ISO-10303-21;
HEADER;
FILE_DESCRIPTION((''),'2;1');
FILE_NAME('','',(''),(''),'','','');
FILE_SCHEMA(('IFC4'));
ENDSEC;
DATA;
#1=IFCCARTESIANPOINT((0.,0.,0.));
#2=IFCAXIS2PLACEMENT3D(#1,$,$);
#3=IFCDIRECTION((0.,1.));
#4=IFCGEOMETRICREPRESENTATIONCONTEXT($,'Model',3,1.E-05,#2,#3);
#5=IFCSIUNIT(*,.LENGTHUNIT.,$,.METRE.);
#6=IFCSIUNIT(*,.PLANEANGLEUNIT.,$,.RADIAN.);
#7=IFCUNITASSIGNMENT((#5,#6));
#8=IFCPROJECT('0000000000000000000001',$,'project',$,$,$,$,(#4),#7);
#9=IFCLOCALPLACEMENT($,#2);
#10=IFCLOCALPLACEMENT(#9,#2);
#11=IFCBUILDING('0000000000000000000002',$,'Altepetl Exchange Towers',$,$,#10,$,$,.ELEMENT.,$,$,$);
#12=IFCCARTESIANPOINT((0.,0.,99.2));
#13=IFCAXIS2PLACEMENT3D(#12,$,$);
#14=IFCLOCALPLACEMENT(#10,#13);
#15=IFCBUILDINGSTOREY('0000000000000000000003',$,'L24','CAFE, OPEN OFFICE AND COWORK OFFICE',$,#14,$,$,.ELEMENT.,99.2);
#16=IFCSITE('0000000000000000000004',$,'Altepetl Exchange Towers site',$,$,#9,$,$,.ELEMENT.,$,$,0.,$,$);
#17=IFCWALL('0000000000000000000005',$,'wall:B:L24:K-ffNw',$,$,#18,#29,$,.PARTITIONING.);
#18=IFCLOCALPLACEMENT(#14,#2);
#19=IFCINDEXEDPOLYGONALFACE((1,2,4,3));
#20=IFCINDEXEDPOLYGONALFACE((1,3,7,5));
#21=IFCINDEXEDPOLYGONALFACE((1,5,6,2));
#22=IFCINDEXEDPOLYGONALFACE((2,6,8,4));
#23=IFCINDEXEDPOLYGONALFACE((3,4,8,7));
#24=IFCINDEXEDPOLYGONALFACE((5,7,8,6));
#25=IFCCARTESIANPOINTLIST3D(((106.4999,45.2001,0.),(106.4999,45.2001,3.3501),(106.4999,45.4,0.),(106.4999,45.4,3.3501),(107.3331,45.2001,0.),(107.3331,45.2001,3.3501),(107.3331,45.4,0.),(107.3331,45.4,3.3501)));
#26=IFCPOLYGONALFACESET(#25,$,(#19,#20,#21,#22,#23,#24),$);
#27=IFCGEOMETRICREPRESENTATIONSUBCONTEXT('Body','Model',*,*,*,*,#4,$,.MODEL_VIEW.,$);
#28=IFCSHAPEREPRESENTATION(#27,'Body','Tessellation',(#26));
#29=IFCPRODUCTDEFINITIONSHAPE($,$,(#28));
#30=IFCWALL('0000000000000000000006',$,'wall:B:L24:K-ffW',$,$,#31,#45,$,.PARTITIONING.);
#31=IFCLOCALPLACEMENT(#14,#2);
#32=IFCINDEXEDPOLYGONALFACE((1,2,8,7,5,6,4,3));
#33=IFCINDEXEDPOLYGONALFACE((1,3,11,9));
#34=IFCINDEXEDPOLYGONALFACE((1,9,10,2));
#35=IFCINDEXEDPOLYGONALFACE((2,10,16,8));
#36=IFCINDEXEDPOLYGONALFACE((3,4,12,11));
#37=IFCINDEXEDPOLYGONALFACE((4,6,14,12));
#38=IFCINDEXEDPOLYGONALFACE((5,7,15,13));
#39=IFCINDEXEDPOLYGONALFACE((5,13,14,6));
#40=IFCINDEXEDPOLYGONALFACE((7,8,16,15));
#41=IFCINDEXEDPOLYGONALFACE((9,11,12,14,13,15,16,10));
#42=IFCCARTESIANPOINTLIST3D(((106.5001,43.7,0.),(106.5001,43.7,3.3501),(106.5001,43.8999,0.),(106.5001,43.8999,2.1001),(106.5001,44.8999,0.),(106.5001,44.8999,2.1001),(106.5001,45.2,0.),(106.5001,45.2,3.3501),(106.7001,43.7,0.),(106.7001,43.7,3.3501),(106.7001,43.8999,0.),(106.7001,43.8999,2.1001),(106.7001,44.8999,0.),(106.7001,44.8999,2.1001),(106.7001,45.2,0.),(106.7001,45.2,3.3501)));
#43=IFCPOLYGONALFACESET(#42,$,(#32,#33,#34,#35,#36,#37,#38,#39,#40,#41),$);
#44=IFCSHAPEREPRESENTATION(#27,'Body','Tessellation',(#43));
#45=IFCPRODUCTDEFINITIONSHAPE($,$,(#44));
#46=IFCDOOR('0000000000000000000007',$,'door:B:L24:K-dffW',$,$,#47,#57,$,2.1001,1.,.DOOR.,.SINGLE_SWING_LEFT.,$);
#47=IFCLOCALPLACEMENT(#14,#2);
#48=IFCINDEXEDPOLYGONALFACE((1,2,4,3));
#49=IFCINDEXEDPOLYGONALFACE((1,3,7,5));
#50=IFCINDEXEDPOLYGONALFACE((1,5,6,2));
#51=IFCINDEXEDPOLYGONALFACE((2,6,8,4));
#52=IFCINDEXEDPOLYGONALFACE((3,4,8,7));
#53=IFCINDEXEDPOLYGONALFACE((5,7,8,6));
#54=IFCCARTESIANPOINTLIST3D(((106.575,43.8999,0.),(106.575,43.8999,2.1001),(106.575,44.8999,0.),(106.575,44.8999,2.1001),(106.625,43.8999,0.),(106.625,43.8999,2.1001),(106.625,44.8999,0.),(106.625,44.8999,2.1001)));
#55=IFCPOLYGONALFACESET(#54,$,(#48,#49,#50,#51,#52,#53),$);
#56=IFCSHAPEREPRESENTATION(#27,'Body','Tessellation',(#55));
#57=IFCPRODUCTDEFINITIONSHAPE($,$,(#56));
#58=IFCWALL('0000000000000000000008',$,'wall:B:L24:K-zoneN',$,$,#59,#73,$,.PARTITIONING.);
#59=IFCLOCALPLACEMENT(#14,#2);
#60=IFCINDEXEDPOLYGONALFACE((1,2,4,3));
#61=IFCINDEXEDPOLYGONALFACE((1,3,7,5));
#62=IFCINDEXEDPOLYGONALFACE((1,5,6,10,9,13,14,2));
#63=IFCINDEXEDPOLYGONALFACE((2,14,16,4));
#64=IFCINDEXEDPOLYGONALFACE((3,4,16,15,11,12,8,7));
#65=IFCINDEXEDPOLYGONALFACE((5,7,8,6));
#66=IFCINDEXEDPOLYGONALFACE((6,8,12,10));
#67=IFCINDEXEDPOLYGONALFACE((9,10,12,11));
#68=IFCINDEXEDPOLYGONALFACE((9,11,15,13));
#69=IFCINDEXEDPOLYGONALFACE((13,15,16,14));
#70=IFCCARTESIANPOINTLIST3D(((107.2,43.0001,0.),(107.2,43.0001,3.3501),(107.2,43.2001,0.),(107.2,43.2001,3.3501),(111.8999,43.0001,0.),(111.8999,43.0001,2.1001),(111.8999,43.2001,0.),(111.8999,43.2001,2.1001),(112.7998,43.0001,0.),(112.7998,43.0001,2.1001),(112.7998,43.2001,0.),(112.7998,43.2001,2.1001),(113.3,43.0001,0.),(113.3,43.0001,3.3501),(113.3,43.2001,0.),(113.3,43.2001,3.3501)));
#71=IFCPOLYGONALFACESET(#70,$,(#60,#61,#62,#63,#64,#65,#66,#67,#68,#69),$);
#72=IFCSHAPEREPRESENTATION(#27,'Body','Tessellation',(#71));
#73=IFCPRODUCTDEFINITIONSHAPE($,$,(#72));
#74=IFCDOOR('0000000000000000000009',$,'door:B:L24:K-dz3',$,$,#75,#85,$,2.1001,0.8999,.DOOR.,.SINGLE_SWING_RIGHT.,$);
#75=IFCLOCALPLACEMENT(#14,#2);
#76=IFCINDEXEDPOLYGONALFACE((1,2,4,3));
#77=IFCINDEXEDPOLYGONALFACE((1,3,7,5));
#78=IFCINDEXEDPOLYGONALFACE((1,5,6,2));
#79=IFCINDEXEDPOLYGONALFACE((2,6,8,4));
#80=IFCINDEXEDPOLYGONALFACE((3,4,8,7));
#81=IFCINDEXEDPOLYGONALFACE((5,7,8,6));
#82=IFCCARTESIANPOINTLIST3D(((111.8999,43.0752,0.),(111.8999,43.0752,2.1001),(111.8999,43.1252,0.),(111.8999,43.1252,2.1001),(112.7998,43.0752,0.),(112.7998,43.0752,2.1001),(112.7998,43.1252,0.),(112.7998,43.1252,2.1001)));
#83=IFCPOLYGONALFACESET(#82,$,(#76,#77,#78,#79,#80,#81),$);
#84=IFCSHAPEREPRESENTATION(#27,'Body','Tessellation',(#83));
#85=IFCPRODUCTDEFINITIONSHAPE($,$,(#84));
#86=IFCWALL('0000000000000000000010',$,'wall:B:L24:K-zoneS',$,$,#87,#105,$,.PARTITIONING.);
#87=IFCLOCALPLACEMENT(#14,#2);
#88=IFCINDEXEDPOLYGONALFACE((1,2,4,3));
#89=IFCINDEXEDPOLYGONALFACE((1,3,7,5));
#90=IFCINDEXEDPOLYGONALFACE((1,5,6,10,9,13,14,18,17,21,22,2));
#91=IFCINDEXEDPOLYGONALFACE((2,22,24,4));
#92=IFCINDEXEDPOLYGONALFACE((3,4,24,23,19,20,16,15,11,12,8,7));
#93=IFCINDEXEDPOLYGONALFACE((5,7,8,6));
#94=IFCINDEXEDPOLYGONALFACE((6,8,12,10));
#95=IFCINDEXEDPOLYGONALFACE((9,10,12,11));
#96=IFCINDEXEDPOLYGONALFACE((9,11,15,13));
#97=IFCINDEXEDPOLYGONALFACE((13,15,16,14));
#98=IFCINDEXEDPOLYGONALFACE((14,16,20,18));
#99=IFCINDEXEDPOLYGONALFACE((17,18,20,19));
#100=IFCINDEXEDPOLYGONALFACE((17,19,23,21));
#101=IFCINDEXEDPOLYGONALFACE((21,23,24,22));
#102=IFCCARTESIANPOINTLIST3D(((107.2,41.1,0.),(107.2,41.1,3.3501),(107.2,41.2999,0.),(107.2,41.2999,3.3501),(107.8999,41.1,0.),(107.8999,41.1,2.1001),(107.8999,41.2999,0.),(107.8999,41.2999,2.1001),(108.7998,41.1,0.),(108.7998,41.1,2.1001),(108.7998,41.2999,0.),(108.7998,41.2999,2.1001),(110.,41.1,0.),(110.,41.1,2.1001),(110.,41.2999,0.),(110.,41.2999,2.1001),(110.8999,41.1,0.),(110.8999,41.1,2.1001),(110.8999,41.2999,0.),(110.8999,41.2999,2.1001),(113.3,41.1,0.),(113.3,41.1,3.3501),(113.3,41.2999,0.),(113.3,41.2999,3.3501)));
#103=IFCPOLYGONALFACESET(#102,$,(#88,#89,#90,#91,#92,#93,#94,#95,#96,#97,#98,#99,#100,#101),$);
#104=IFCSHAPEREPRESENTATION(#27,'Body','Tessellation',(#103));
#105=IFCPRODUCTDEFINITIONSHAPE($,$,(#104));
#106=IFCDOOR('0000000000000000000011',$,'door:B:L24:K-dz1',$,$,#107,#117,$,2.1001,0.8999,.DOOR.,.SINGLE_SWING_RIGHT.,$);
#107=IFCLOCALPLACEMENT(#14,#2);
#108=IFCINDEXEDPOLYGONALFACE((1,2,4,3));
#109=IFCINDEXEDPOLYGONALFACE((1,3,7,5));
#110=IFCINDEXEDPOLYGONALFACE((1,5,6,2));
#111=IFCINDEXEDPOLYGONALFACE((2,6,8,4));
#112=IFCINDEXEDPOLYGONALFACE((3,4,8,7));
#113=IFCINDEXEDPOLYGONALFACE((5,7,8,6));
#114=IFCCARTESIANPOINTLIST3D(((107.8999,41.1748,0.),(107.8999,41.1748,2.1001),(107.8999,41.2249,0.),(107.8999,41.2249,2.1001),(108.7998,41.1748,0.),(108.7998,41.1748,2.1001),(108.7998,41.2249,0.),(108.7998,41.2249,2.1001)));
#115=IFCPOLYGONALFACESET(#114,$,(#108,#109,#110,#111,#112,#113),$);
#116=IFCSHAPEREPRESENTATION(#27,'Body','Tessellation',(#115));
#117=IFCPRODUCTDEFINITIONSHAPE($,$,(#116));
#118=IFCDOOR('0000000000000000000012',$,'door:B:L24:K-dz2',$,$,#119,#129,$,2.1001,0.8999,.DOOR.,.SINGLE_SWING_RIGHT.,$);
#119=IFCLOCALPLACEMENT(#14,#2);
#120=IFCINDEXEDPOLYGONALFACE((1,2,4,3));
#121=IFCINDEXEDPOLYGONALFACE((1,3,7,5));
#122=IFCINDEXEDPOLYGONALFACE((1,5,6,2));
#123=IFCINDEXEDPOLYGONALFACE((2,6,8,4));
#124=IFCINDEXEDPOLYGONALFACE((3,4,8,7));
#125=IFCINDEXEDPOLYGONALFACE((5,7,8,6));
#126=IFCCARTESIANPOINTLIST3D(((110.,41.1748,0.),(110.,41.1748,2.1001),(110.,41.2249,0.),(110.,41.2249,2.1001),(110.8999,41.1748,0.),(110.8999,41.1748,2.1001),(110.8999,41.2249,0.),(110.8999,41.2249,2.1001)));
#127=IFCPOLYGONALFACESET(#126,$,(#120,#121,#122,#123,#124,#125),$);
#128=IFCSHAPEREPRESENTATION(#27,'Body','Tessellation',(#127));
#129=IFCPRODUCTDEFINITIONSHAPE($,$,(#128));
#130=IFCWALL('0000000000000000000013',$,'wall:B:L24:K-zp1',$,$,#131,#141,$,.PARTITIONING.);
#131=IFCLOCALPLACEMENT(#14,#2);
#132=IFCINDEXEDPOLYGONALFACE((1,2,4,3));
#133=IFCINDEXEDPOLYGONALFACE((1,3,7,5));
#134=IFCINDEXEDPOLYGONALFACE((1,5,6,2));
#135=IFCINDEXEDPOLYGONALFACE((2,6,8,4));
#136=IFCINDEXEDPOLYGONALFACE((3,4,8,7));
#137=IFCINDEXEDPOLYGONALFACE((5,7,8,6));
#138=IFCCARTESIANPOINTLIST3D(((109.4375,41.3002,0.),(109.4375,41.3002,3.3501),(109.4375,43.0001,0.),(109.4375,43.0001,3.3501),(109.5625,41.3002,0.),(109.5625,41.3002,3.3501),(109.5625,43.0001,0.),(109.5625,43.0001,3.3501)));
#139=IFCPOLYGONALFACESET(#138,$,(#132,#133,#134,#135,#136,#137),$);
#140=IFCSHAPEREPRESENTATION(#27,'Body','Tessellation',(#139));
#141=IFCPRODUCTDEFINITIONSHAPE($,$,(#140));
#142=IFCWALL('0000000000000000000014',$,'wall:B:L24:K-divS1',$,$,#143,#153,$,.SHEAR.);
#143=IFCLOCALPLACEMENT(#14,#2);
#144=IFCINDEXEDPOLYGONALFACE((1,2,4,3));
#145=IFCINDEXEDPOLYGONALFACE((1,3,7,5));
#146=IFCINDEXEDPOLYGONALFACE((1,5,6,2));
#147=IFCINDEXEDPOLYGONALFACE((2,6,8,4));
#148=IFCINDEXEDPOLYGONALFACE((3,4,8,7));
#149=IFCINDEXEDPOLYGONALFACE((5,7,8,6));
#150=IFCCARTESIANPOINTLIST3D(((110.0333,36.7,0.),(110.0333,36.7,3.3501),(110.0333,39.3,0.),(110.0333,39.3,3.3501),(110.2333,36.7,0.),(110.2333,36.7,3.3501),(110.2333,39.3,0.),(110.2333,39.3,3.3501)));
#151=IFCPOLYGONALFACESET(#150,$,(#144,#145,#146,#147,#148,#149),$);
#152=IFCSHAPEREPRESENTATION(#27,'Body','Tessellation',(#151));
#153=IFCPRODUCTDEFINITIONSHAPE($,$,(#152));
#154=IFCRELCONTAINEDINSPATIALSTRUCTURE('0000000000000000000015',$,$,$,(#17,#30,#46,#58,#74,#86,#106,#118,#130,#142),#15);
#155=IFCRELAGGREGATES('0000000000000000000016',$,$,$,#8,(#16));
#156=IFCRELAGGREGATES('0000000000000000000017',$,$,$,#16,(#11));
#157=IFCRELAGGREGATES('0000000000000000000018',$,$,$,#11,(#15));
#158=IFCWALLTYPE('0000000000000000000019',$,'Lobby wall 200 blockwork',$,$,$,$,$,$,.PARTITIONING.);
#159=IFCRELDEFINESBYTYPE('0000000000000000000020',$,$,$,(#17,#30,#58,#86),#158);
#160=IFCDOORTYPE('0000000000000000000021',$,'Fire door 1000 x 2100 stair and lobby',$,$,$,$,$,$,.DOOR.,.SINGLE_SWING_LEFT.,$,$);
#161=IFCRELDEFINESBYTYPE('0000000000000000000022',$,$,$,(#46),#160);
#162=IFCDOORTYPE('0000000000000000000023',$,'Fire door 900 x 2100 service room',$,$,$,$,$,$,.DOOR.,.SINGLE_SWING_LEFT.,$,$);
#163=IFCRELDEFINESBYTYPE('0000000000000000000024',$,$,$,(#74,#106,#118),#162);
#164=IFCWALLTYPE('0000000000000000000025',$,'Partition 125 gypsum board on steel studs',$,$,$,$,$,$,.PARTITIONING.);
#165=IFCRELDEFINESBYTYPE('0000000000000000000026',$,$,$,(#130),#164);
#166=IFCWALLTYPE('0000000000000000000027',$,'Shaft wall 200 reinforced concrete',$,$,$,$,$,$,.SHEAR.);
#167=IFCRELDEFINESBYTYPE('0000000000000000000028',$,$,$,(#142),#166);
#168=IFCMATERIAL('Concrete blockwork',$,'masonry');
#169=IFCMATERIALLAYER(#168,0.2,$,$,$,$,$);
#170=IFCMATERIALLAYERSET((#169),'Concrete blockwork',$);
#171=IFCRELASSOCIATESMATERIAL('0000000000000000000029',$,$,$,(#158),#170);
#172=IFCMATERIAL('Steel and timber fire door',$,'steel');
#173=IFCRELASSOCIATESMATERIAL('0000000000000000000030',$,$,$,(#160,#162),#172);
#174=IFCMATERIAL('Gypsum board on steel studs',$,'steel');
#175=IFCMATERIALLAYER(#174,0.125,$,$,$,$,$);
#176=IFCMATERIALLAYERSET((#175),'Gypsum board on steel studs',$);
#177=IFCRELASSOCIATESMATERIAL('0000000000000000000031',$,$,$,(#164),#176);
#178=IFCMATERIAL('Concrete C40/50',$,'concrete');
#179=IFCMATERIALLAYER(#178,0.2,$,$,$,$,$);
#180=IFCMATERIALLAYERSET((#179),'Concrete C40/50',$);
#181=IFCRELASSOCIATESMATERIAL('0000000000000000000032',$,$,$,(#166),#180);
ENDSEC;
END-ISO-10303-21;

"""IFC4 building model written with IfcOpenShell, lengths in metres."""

from ifc_helpers import new_model, si_unit, direction, frame, frame_2d, origin, place, context, subcontext, project, spatial, rectangle, extrude, material, layer, layer_set, type_object, element, fill, save


model = new_model("IFC4")

# Units and contexts
model_context = context("Model", 3, precision=1e-05, world=origin(), true_north=direction((0.0, 1.0)))
body_context = subcontext(model_context, "Body", "Model", "MODEL_VIEW")
ifc_project = project(units=[si_unit("LENGTHUNIT", "METRE"), si_unit("PLANEANGLEUNIT", "RADIAN")], contexts=[model_context])

# Site, building, storey
site_placement = place(None, origin())
site = spatial("IfcSite", under=ifc_project, at=site_placement, Name="Altepetl Exchange Towers site", CompositionType="ELEMENT", RefElevation=0.0)
building_placement = place(site_placement, origin())
building = spatial("IfcBuilding", under=site, at=building_placement, Name="Altepetl Exchange Towers", CompositionType="ELEMENT")
storey_placement = place(building_placement, frame((0.0, 0.0, 99.2)))
storey = spatial("IfcBuildingStorey", under=building, at=storey_placement, Name="L24", Description="CAFE, OPEN OFFICE AND COWORK OFFICE", CompositionType="ELEMENT", Elevation=99.2)

# Wall
ifc_material_1 = material(Name="Concrete blockwork", Category="masonry")
ifc_layer_1 = layer(ifc_material_1, 0.2)
ifc_layer_set_1 = layer_set([ifc_layer_1], Name="Concrete blockwork")
wall_type_1 = type_object("IfcWallType", Name="Lobby wall 200 blockwork", PredefinedType="PARTITIONING", material=ifc_layer_set_1)
wall_1_placement = place(storey_placement, frame((106.5, 45.3, 0.0)))
element("IfcWall", 1, at=wall_1_placement, inside=storey, type_object=wall_type_1, Name="wall:B:L24:K-ffNw", PredefinedType="PARTITIONING", context=body_context, shape_type="SweptSolid", body=[
    extrude(rectangle(XDim=0.8333, YDim=0.2, at=frame_2d((0.4165, 0.0))), origin(), (0.0, 0.0, 1.0), 3.3501),
])

# Walls, openings, doors
wall_2_placement = place(storey_placement, frame((106.6001, 43.7, 0.0), z_axis=(0.0, 0.0, 1.0), x_axis=(0.0, 1.0, 0.0)))
wall_2 = element("IfcWall", 2, at=wall_2_placement, inside=storey, type_object=wall_type_1, Name="wall:B:L24:K-ffW", PredefinedType="PARTITIONING", context=body_context, shape_type="SweptSolid", body=[
    extrude(rectangle(XDim=1.5, YDim=0.2, at=frame_2d((0.75, 0.0))), origin(), (0.0, 0.0, 1.0), 3.3501),
])
opening_1_placement = place(wall_2_placement, frame((0.2, 0.0, 0.0)))
opening_1 = element("IfcOpeningElement", 3, at=opening_1_placement, cuts=wall_2, PredefinedType="OPENING", context=body_context, shape_type="SweptSolid", body=[
    extrude(rectangle(XDim=1.0, YDim=2.1001, at=frame_2d((0.5, 1.05))), frame((0.0, 0.1099, 0.0), z_axis=(0.0, -1.0, 0.0), x_axis=(1.0, 0.0, 0.0)), (0.0, 0.0, 1.0), 0.22),
])
ifc_material_2 = material(Name="Steel and timber fire door", Category="steel")
door_type_1 = type_object("IfcDoorType", Name="Fire door 1000 x 2100 stair and lobby", OperationType="SINGLE_SWING_LEFT", PredefinedType="DOOR", material=ifc_material_2)
door_1_placement = place(opening_1_placement, frame((1.0, 0.0, 0.0), x_axis=(-1.0, 0.0, 0.0)))
door_1 = element("IfcDoor", 4, at=door_1_placement, inside=storey, type_object=door_type_1, Name="door:B:L24:K-dffW", OperationType="SINGLE_SWING_LEFT", OverallHeight=2.1001, OverallWidth=1.0, PredefinedType="DOOR", context=body_context, shape_type="SweptSolid", body=[
    extrude(rectangle(XDim=1.0, YDim=2.1001, at=frame_2d((0.5, 1.05))), frame((0.0, 0.0249, 0.0), z_axis=(0.0, -1.0, 0.0), x_axis=(1.0, 0.0, 0.0)), (0.0, 0.0, 1.0), 0.05),
])
fill(opening_1, door_1)
wall_3_placement = place(storey_placement, frame((107.2, 43.1001, 0.0)))
wall_3 = element("IfcWall", 5, at=wall_3_placement, inside=storey, type_object=wall_type_1, Name="wall:B:L24:K-zoneN", PredefinedType="PARTITIONING", context=body_context, shape_type="SweptSolid", body=[
    extrude(rectangle(XDim=6.1001, YDim=0.2, at=frame_2d((3.05, 0.0))), origin(), (0.0, 0.0, 1.0), 3.3501),
])
opening_2_placement = place(wall_3_placement, frame((4.7, 0.0, 0.0)))
opening_2 = element("IfcOpeningElement", 6, at=opening_2_placement, cuts=wall_3, PredefinedType="OPENING", context=body_context, shape_type="SweptSolid", body=[
    extrude(rectangle(XDim=0.8999, YDim=2.1001, at=frame_2d((0.45, 1.05))), frame((0.0, 0.1099, 0.0), z_axis=(0.0, -1.0, 0.0), x_axis=(1.0, 0.0, 0.0)), (0.0, 0.0, 1.0), 0.22),
])
door_type_2 = type_object("IfcDoorType", Name="Fire door 900 x 2100 service room", OperationType="SINGLE_SWING_LEFT", PredefinedType="DOOR", material=ifc_material_2)
door_2_placement = place(opening_2_placement, frame((0.8999, 0.0, 0.0), x_axis=(-1.0, 0.0, 0.0)))
door_2 = element("IfcDoor", 7, at=door_2_placement, inside=storey, type_object=door_type_2, Name="door:B:L24:K-dz3", OperationType="SINGLE_SWING_RIGHT", OverallHeight=2.1001, OverallWidth=0.8999, PredefinedType="DOOR", context=body_context, shape_type="SweptSolid", body=[
    extrude(rectangle(XDim=0.8999, YDim=2.1001, at=frame_2d((0.45, 1.05))), frame((0.0, 0.0249, 0.0), z_axis=(0.0, -1.0, 0.0), x_axis=(1.0, 0.0, 0.0)), (0.0, 0.0, 1.0), 0.05),
])
fill(opening_2, door_2)

# Wall, openings, doors
wall_4_placement = place(storey_placement, frame((107.2, 41.2, 0.0)))
wall_4 = element("IfcWall", 8, at=wall_4_placement, inside=storey, type_object=wall_type_1, Name="wall:B:L24:K-zoneS", PredefinedType="PARTITIONING", context=body_context, shape_type="SweptSolid", body=[
    extrude(rectangle(XDim=6.1001, YDim=0.2, at=frame_2d((3.05, 0.0))), origin(), (0.0, 0.0, 1.0), 3.3501),
])
opening_3_placement = place(wall_4_placement, frame((0.7, 0.0, 0.0)))
opening_3 = element("IfcOpeningElement", 9, at=opening_3_placement, cuts=wall_4, PredefinedType="OPENING", context=body_context, shape_type="SweptSolid", body=[
    extrude(rectangle(XDim=0.8999, YDim=2.1001, at=frame_2d((0.45, 1.05))), frame((0.0, 0.1099, 0.0), z_axis=(0.0, -1.0, 0.0), x_axis=(1.0, 0.0, 0.0)), (0.0, 0.0, 1.0), 0.22),
])
opening_4_placement = place(wall_4_placement, frame((2.8, 0.0, 0.0)))
opening_4 = element("IfcOpeningElement", 10, at=opening_4_placement, cuts=wall_4, PredefinedType="OPENING", context=body_context, shape_type="SweptSolid", body=[
    extrude(rectangle(XDim=0.8999, YDim=2.1001, at=frame_2d((0.45, 1.05))), frame((0.0, 0.1099, 0.0), z_axis=(0.0, -1.0, 0.0), x_axis=(1.0, 0.0, 0.0)), (0.0, 0.0, 1.0), 0.22),
])
door_3_placement = place(opening_3_placement, origin())
door_3 = element("IfcDoor", 11, at=door_3_placement, inside=storey, type_object=door_type_2, Name="door:B:L24:K-dz1", OperationType="SINGLE_SWING_RIGHT", OverallHeight=2.1001, OverallWidth=0.8999, PredefinedType="DOOR", context=body_context, shape_type="SweptSolid", body=[
    extrude(rectangle(XDim=0.8999, YDim=2.1001, at=frame_2d((0.45, 1.05))), frame((0.0, 0.0249, 0.0), z_axis=(0.0, -1.0, 0.0), x_axis=(1.0, 0.0, 0.0)), (0.0, 0.0, 1.0), 0.05),
])
fill(opening_3, door_3)
door_4_placement = place(opening_4_placement, origin())
door_4 = element("IfcDoor", 12, at=door_4_placement, inside=storey, type_object=door_type_2, Name="door:B:L24:K-dz2", OperationType="SINGLE_SWING_RIGHT", OverallHeight=2.1001, OverallWidth=0.8999, PredefinedType="DOOR", context=body_context, shape_type="SweptSolid", body=[
    extrude(rectangle(XDim=0.8999, YDim=2.1001, at=frame_2d((0.45, 1.05))), frame((0.0, 0.0249, 0.0), z_axis=(0.0, -1.0, 0.0), x_axis=(1.0, 0.0, 0.0)), (0.0, 0.0, 1.0), 0.05),
])
fill(opening_4, door_4)

# Walls
ifc_material_3 = material(Name="Gypsum board on steel studs", Category="steel")
ifc_layer_2 = layer(ifc_material_3, 0.125)
ifc_layer_set_2 = layer_set([ifc_layer_2], Name="Gypsum board on steel studs")
wall_type_2 = type_object("IfcWallType", Name="Partition 125 gypsum board on steel studs", PredefinedType="PARTITIONING", material=ifc_layer_set_2)
wall_5_placement = place(storey_placement, frame((109.5, 41.3, 0.0), z_axis=(0.0, 0.0, 1.0), x_axis=(0.0, 1.0, 0.0)))
element("IfcWall", 13, at=wall_5_placement, inside=storey, type_object=wall_type_2, Name="wall:B:L24:K-zp1", PredefinedType="PARTITIONING", context=body_context, shape_type="SweptSolid", body=[
    extrude(rectangle(XDim=1.7, YDim=0.125, at=frame_2d((0.8501, 0.0))), origin(), (0.0, 0.0, 1.0), 3.3501),
])
ifc_material_4 = material(Name="Concrete C40/50", Category="concrete")
ifc_layer_3 = layer(ifc_material_4, 0.2)
ifc_layer_set_3 = layer_set([ifc_layer_3], Name="Concrete C40/50")
wall_type_3 = type_object("IfcWallType", Name="Shaft wall 200 reinforced concrete", PredefinedType="SHEAR", material=ifc_layer_set_3)
wall_6_placement = place(storey_placement, frame((110.1333, 36.7, 0.0), z_axis=(0.0, 0.0, 1.0), x_axis=(0.0, 1.0, 0.0)))
element("IfcWall", 14, at=wall_6_placement, inside=storey, type_object=wall_type_3, Name="wall:B:L24:K-divS1", PredefinedType="SHEAR", context=body_context, shape_type="SweptSolid", body=[
    extrude(rectangle(XDim=2.6001, YDim=0.2, at=frame_2d((1.3, 0.0))), origin(), (0.0, 0.0, 1.0), 3.3501),
])

save(model, "model.ifc")
